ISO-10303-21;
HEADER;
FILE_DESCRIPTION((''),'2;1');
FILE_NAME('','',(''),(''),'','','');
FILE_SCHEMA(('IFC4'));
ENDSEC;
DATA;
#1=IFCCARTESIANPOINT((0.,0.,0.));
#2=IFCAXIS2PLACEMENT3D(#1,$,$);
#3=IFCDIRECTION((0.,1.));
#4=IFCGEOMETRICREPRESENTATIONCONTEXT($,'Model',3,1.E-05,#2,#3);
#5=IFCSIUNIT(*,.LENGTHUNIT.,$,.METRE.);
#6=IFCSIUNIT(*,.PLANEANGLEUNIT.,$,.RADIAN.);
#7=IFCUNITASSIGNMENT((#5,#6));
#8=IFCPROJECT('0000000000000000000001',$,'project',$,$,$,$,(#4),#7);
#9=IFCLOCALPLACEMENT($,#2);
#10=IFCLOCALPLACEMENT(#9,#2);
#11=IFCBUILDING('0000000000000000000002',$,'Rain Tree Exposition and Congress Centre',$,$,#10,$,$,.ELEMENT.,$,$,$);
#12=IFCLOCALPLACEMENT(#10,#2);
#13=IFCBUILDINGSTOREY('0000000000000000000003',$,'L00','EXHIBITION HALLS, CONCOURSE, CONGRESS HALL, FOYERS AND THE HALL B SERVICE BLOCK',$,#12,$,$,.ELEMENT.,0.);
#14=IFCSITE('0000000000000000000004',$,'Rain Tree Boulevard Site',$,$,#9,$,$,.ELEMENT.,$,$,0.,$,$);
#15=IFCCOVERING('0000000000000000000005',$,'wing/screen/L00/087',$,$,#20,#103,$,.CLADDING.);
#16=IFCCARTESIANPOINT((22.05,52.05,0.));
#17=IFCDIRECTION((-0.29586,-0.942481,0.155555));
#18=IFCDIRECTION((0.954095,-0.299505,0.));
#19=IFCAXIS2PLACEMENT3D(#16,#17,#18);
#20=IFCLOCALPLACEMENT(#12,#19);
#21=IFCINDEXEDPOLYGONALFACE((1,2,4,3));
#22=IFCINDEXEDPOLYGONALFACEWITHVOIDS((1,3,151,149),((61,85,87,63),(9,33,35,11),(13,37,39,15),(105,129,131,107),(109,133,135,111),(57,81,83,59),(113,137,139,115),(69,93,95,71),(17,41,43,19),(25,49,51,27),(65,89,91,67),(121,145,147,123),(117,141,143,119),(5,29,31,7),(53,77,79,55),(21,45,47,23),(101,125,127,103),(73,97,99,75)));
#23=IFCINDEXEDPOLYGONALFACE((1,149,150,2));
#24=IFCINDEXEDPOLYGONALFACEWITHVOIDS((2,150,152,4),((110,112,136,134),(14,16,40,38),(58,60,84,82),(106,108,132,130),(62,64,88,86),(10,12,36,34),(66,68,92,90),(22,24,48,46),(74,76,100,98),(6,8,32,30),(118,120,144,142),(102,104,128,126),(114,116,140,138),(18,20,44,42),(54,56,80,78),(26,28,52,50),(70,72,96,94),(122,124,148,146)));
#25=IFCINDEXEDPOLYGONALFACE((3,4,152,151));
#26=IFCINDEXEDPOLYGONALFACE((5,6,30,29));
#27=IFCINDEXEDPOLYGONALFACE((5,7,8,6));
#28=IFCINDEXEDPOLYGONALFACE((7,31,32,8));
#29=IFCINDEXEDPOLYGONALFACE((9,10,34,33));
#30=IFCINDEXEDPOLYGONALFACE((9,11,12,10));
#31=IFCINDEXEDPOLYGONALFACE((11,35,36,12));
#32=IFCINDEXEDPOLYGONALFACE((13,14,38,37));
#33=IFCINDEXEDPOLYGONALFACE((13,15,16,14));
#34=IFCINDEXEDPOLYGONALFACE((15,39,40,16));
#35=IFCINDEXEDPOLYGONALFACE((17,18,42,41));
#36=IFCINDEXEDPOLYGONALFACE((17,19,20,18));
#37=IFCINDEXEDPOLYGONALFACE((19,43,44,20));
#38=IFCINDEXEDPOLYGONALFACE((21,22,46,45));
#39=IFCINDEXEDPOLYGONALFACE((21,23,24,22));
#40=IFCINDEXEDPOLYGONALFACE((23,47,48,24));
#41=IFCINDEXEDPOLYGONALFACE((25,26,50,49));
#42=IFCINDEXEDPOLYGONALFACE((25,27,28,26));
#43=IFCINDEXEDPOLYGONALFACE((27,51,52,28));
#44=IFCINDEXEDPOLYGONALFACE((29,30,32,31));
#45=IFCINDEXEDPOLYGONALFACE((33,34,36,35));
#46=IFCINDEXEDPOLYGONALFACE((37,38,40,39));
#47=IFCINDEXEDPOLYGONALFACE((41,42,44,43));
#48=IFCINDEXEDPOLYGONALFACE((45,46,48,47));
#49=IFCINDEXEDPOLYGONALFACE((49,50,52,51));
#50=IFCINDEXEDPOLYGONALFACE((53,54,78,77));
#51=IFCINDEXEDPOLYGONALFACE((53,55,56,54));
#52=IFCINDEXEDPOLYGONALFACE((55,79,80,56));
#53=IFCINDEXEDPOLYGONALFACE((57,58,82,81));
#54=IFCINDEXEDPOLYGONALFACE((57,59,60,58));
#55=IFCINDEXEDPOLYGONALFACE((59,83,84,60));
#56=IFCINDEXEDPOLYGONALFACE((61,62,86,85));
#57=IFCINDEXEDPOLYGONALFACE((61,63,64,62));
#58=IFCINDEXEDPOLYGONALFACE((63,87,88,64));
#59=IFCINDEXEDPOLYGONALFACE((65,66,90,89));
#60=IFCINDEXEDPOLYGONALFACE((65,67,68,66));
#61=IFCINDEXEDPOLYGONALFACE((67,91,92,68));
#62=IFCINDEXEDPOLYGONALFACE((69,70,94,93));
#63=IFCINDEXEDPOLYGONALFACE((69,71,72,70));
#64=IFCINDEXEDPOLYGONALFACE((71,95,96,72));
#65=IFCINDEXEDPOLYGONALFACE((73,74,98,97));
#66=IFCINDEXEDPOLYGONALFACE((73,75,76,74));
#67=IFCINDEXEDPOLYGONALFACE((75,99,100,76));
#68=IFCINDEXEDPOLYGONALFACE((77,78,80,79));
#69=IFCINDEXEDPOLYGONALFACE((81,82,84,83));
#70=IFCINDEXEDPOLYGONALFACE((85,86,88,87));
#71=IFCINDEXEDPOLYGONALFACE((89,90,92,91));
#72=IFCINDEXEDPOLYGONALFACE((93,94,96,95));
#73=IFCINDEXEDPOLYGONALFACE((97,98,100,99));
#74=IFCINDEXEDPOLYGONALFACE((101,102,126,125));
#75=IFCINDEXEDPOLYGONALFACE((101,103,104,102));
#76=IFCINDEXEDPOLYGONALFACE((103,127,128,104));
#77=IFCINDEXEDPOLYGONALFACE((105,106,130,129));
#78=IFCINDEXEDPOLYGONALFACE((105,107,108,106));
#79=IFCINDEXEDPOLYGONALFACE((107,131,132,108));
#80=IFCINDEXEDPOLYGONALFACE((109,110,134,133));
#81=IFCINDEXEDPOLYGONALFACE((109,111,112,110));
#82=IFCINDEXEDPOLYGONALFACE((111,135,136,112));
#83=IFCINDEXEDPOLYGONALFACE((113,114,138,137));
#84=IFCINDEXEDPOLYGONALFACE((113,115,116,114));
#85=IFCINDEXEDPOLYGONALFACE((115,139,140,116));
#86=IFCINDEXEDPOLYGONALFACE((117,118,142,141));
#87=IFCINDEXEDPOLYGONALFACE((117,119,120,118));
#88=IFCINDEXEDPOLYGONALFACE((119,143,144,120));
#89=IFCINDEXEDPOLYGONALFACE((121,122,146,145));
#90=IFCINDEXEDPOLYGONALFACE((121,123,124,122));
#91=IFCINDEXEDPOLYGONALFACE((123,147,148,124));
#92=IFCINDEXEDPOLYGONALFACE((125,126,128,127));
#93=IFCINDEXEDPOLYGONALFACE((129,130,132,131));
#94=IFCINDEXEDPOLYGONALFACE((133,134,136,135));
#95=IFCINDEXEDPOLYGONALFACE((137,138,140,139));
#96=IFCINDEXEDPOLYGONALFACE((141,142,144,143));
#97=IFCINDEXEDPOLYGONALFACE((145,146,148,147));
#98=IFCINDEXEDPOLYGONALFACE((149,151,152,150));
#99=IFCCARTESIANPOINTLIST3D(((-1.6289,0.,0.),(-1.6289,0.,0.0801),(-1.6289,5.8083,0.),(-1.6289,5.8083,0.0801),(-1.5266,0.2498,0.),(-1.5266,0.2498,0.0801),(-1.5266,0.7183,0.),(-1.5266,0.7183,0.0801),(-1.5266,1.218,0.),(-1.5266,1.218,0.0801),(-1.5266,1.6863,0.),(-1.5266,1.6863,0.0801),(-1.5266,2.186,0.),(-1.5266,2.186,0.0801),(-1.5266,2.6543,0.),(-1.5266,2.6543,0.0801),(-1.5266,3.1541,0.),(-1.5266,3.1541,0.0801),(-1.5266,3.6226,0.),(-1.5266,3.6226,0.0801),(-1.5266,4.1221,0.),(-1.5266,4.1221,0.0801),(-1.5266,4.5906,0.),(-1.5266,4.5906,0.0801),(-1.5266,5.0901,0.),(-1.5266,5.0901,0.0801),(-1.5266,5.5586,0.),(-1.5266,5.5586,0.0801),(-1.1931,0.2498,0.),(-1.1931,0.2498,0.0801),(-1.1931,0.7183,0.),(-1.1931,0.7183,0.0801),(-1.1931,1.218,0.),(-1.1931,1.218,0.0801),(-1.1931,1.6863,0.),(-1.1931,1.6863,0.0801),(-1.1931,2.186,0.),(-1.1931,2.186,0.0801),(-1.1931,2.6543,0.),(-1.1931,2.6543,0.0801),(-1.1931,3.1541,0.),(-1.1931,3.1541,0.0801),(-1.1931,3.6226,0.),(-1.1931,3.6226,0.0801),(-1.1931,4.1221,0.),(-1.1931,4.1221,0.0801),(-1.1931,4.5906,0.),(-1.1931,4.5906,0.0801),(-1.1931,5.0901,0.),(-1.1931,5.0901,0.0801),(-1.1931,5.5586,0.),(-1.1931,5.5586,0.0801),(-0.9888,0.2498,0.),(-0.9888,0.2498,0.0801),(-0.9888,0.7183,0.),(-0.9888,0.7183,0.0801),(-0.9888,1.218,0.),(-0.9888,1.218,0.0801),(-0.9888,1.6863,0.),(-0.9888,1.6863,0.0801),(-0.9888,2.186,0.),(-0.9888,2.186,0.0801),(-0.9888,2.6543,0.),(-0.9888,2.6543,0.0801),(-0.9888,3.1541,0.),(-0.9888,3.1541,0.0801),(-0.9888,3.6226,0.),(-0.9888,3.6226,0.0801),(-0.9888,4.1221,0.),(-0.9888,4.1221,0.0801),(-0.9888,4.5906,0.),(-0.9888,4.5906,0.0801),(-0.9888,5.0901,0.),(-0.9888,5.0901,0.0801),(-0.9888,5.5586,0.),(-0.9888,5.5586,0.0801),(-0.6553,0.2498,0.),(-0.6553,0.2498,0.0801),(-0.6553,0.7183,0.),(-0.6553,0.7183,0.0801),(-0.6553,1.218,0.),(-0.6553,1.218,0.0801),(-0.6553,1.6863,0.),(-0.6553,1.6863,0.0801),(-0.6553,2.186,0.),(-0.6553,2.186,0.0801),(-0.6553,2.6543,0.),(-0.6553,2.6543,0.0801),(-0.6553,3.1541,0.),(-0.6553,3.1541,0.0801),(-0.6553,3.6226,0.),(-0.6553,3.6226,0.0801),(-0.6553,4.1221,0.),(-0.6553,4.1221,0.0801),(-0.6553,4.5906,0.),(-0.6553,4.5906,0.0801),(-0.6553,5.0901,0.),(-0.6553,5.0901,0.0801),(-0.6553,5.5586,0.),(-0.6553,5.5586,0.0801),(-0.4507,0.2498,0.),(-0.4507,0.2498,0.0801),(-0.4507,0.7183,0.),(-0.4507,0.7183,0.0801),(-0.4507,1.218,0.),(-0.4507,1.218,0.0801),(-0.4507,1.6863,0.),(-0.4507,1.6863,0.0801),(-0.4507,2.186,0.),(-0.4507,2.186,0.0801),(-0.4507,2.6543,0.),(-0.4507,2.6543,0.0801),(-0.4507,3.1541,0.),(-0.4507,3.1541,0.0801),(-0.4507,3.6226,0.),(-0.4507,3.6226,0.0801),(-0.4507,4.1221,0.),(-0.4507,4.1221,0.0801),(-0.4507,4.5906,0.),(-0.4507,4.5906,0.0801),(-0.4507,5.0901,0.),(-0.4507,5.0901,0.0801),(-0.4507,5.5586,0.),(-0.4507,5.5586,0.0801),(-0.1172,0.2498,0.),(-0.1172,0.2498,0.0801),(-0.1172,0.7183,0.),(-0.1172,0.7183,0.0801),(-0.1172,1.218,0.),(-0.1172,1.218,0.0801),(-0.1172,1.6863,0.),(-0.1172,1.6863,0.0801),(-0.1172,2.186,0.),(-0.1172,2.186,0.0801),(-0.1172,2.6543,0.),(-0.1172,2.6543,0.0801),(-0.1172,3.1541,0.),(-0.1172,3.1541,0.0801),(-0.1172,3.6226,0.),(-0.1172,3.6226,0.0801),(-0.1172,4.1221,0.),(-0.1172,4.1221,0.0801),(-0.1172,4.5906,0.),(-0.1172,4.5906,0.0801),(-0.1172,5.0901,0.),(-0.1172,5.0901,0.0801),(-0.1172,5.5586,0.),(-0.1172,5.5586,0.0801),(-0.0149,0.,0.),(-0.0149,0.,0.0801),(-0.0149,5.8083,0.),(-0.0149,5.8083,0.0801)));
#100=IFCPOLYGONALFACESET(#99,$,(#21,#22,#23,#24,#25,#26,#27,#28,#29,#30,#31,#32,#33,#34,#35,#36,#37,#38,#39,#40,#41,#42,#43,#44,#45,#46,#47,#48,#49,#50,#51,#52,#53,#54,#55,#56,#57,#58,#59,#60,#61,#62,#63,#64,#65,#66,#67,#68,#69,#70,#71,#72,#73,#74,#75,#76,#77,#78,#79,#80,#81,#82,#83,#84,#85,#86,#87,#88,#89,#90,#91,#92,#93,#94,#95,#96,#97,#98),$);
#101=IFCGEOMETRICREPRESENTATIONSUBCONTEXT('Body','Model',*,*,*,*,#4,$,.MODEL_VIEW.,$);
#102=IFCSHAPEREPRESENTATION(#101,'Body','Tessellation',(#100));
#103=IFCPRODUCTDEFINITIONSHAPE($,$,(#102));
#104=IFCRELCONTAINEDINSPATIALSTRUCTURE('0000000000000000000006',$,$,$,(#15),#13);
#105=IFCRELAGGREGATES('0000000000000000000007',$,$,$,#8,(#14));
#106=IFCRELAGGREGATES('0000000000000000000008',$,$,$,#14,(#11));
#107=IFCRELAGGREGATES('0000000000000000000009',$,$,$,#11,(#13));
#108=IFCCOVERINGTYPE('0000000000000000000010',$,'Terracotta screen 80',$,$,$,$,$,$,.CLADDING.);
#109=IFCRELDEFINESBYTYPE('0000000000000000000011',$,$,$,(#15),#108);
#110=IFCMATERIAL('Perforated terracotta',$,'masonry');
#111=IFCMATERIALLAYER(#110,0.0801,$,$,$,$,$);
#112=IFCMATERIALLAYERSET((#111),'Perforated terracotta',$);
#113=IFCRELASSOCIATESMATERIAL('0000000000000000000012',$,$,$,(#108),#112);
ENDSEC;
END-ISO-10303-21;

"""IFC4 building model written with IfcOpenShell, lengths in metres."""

from ifc_helpers import new_model, si_unit, direction, frame, origin, place, context, subcontext, project, spatial, polyline, outline, extrude, material, layer, layer_set, type_object, element, save


model = new_model("IFC4")

# Units and contexts
model_context = context("Model", 3, precision=1e-05, world=origin(), true_north=direction((0.0, 1.0)))
body_context = subcontext(model_context, "Body", "Model", "MODEL_VIEW")
ifc_project = project(units=[si_unit("LENGTHUNIT", "METRE"), si_unit("PLANEANGLEUNIT", "RADIAN")], contexts=[model_context])

# Site, building, storey
site_placement = place(None, origin())
site = spatial("IfcSite", under=ifc_project, at=site_placement, Name="Rain Tree Boulevard Site", CompositionType="ELEMENT", RefElevation=0.0)
building_placement = place(site_placement, origin())
building = spatial("IfcBuilding", under=site, at=building_placement, Name="Rain Tree Exposition and Congress Centre", CompositionType="ELEMENT")
storey_placement = place(building_placement, origin())
storey = spatial("IfcBuildingStorey", under=building, at=storey_placement, Name="L00", Description="EXHIBITION HALLS, CONCOURSE, CONGRESS HALL, FOYERS AND THE HALL B SERVICE BLOCK", CompositionType="ELEMENT", Elevation=0.0)

# Covering
ifc_material_1 = material(Name="Perforated terracotta", Category="masonry")
ifc_layer_1 = layer(ifc_material_1, 0.0801)
ifc_layer_set_1 = layer_set([ifc_layer_1], Name="Perforated terracotta")
covering_type = type_object("IfcCoveringType", Name="Terracotta screen 80", PredefinedType="CLADDING", material=ifc_layer_set_1)
covering_1_placement = place(storey_placement, frame((22.05, 52.05, 0.0), z_axis=(-0.29586, -0.942481, 0.155555), x_axis=(0.954095, -0.299505, 0.0)))
element("IfcCovering", 1, at=covering_1_placement, inside=storey, type_object=covering_type, Name="wing/screen/L00/087", PredefinedType="CLADDING", context=body_context, shape_type="SweptSolid", body=[
    extrude(outline(polyline([(-0.0149, 5.8083), (-0.0149, 0.0), (-1.6289, 0.0), (-1.6289, 5.8083), (-0.0149, 5.8083)]), holes=[polyline([(-0.1172, 0.2498), (-0.1172, 0.7183), (-0.4507, 0.7183), (-0.4507, 0.2498), (-0.1172, 0.2498)]), polyline([(-0.1172, 1.218), (-0.1172, 1.6863), (-0.4507, 1.6863), (-0.4507, 1.218), (-0.1172, 1.218)]), polyline([(-0.1172, 2.186), (-0.1172, 2.6543), (-0.4507, 2.6543), (-0.4507, 2.186), (-0.1172, 2.186)]), polyline([(-0.1172, 3.1541), (-0.1172, 3.6226), (-0.4507, 3.6226), (-0.4507, 3.1541), (-0.1172, 3.1541)]), polyline([(-0.1172, 4.1221), (-0.1172, 4.5906), (-0.4507, 4.5906), (-0.4507, 4.1221), (-0.1172, 4.1221)]), polyline([(-0.1172, 5.0901), (-0.1172, 5.5586), (-0.4507, 5.5586), (-0.4507, 5.0901), (-0.1172, 5.0901)]), polyline([(-0.6553, 0.2498), (-0.6553, 0.7183), (-0.9888, 0.7183), (-0.9888, 0.2498), (-0.6553, 0.2498)]), polyline([(-0.6553, 1.218), (-0.6553, 1.6863), (-0.9888, 1.6863), (-0.9888, 1.218), (-0.6553, 1.218)]), polyline([(-0.6553, 2.186), (-0.6553, 2.6543), (-0.9888, 2.6543), (-0.9888, 2.186), (-0.6553, 2.186)]), polyline([(-0.6553, 3.1541), (-0.6553, 3.6226), (-0.9888, 3.6226), (-0.9888, 3.1541), (-0.6553, 3.1541)]), polyline([(-0.6553, 4.1221), (-0.6553, 4.5906), (-0.9888, 4.5906), (-0.9888, 4.1221), (-0.6553, 4.1221)]), polyline([(-0.6553, 5.0901), (-0.6553, 5.5586), (-0.9888, 5.5586), (-0.9888, 5.0901), (-0.6553, 5.0901)]), polyline([(-1.1931, 0.2498), (-1.1931, 0.7183), (-1.5266, 0.7183), (-1.5266, 0.2498), (-1.1931, 0.2498)]), polyline([(-1.1931, 1.218), (-1.1931, 1.6863), (-1.5266, 1.6863), (-1.5266, 1.218), (-1.1931, 1.218)]), polyline([(-1.1931, 2.186), (-1.1931, 2.6543), (-1.5266, 2.6543), (-1.5266, 2.186), (-1.1931, 2.186)]), polyline([(-1.1931, 3.1541), (-1.1931, 3.6226), (-1.5266, 3.6226), (-1.5266, 3.1541), (-1.1931, 3.1541)]), polyline([(-1.1931, 4.1221), (-1.1931, 4.5906), (-1.5266, 4.5906), (-1.5266, 4.1221), (-1.1931, 4.1221)]), polyline([(-1.1931, 5.0901), (-1.1931, 5.5586), (-1.5266, 5.5586), (-1.5266, 5.0901), (-1.1931, 5.0901)])]), origin(), (0.0, 0.0, 1.0), 0.0801),
])

save(model, "model.ifc")
